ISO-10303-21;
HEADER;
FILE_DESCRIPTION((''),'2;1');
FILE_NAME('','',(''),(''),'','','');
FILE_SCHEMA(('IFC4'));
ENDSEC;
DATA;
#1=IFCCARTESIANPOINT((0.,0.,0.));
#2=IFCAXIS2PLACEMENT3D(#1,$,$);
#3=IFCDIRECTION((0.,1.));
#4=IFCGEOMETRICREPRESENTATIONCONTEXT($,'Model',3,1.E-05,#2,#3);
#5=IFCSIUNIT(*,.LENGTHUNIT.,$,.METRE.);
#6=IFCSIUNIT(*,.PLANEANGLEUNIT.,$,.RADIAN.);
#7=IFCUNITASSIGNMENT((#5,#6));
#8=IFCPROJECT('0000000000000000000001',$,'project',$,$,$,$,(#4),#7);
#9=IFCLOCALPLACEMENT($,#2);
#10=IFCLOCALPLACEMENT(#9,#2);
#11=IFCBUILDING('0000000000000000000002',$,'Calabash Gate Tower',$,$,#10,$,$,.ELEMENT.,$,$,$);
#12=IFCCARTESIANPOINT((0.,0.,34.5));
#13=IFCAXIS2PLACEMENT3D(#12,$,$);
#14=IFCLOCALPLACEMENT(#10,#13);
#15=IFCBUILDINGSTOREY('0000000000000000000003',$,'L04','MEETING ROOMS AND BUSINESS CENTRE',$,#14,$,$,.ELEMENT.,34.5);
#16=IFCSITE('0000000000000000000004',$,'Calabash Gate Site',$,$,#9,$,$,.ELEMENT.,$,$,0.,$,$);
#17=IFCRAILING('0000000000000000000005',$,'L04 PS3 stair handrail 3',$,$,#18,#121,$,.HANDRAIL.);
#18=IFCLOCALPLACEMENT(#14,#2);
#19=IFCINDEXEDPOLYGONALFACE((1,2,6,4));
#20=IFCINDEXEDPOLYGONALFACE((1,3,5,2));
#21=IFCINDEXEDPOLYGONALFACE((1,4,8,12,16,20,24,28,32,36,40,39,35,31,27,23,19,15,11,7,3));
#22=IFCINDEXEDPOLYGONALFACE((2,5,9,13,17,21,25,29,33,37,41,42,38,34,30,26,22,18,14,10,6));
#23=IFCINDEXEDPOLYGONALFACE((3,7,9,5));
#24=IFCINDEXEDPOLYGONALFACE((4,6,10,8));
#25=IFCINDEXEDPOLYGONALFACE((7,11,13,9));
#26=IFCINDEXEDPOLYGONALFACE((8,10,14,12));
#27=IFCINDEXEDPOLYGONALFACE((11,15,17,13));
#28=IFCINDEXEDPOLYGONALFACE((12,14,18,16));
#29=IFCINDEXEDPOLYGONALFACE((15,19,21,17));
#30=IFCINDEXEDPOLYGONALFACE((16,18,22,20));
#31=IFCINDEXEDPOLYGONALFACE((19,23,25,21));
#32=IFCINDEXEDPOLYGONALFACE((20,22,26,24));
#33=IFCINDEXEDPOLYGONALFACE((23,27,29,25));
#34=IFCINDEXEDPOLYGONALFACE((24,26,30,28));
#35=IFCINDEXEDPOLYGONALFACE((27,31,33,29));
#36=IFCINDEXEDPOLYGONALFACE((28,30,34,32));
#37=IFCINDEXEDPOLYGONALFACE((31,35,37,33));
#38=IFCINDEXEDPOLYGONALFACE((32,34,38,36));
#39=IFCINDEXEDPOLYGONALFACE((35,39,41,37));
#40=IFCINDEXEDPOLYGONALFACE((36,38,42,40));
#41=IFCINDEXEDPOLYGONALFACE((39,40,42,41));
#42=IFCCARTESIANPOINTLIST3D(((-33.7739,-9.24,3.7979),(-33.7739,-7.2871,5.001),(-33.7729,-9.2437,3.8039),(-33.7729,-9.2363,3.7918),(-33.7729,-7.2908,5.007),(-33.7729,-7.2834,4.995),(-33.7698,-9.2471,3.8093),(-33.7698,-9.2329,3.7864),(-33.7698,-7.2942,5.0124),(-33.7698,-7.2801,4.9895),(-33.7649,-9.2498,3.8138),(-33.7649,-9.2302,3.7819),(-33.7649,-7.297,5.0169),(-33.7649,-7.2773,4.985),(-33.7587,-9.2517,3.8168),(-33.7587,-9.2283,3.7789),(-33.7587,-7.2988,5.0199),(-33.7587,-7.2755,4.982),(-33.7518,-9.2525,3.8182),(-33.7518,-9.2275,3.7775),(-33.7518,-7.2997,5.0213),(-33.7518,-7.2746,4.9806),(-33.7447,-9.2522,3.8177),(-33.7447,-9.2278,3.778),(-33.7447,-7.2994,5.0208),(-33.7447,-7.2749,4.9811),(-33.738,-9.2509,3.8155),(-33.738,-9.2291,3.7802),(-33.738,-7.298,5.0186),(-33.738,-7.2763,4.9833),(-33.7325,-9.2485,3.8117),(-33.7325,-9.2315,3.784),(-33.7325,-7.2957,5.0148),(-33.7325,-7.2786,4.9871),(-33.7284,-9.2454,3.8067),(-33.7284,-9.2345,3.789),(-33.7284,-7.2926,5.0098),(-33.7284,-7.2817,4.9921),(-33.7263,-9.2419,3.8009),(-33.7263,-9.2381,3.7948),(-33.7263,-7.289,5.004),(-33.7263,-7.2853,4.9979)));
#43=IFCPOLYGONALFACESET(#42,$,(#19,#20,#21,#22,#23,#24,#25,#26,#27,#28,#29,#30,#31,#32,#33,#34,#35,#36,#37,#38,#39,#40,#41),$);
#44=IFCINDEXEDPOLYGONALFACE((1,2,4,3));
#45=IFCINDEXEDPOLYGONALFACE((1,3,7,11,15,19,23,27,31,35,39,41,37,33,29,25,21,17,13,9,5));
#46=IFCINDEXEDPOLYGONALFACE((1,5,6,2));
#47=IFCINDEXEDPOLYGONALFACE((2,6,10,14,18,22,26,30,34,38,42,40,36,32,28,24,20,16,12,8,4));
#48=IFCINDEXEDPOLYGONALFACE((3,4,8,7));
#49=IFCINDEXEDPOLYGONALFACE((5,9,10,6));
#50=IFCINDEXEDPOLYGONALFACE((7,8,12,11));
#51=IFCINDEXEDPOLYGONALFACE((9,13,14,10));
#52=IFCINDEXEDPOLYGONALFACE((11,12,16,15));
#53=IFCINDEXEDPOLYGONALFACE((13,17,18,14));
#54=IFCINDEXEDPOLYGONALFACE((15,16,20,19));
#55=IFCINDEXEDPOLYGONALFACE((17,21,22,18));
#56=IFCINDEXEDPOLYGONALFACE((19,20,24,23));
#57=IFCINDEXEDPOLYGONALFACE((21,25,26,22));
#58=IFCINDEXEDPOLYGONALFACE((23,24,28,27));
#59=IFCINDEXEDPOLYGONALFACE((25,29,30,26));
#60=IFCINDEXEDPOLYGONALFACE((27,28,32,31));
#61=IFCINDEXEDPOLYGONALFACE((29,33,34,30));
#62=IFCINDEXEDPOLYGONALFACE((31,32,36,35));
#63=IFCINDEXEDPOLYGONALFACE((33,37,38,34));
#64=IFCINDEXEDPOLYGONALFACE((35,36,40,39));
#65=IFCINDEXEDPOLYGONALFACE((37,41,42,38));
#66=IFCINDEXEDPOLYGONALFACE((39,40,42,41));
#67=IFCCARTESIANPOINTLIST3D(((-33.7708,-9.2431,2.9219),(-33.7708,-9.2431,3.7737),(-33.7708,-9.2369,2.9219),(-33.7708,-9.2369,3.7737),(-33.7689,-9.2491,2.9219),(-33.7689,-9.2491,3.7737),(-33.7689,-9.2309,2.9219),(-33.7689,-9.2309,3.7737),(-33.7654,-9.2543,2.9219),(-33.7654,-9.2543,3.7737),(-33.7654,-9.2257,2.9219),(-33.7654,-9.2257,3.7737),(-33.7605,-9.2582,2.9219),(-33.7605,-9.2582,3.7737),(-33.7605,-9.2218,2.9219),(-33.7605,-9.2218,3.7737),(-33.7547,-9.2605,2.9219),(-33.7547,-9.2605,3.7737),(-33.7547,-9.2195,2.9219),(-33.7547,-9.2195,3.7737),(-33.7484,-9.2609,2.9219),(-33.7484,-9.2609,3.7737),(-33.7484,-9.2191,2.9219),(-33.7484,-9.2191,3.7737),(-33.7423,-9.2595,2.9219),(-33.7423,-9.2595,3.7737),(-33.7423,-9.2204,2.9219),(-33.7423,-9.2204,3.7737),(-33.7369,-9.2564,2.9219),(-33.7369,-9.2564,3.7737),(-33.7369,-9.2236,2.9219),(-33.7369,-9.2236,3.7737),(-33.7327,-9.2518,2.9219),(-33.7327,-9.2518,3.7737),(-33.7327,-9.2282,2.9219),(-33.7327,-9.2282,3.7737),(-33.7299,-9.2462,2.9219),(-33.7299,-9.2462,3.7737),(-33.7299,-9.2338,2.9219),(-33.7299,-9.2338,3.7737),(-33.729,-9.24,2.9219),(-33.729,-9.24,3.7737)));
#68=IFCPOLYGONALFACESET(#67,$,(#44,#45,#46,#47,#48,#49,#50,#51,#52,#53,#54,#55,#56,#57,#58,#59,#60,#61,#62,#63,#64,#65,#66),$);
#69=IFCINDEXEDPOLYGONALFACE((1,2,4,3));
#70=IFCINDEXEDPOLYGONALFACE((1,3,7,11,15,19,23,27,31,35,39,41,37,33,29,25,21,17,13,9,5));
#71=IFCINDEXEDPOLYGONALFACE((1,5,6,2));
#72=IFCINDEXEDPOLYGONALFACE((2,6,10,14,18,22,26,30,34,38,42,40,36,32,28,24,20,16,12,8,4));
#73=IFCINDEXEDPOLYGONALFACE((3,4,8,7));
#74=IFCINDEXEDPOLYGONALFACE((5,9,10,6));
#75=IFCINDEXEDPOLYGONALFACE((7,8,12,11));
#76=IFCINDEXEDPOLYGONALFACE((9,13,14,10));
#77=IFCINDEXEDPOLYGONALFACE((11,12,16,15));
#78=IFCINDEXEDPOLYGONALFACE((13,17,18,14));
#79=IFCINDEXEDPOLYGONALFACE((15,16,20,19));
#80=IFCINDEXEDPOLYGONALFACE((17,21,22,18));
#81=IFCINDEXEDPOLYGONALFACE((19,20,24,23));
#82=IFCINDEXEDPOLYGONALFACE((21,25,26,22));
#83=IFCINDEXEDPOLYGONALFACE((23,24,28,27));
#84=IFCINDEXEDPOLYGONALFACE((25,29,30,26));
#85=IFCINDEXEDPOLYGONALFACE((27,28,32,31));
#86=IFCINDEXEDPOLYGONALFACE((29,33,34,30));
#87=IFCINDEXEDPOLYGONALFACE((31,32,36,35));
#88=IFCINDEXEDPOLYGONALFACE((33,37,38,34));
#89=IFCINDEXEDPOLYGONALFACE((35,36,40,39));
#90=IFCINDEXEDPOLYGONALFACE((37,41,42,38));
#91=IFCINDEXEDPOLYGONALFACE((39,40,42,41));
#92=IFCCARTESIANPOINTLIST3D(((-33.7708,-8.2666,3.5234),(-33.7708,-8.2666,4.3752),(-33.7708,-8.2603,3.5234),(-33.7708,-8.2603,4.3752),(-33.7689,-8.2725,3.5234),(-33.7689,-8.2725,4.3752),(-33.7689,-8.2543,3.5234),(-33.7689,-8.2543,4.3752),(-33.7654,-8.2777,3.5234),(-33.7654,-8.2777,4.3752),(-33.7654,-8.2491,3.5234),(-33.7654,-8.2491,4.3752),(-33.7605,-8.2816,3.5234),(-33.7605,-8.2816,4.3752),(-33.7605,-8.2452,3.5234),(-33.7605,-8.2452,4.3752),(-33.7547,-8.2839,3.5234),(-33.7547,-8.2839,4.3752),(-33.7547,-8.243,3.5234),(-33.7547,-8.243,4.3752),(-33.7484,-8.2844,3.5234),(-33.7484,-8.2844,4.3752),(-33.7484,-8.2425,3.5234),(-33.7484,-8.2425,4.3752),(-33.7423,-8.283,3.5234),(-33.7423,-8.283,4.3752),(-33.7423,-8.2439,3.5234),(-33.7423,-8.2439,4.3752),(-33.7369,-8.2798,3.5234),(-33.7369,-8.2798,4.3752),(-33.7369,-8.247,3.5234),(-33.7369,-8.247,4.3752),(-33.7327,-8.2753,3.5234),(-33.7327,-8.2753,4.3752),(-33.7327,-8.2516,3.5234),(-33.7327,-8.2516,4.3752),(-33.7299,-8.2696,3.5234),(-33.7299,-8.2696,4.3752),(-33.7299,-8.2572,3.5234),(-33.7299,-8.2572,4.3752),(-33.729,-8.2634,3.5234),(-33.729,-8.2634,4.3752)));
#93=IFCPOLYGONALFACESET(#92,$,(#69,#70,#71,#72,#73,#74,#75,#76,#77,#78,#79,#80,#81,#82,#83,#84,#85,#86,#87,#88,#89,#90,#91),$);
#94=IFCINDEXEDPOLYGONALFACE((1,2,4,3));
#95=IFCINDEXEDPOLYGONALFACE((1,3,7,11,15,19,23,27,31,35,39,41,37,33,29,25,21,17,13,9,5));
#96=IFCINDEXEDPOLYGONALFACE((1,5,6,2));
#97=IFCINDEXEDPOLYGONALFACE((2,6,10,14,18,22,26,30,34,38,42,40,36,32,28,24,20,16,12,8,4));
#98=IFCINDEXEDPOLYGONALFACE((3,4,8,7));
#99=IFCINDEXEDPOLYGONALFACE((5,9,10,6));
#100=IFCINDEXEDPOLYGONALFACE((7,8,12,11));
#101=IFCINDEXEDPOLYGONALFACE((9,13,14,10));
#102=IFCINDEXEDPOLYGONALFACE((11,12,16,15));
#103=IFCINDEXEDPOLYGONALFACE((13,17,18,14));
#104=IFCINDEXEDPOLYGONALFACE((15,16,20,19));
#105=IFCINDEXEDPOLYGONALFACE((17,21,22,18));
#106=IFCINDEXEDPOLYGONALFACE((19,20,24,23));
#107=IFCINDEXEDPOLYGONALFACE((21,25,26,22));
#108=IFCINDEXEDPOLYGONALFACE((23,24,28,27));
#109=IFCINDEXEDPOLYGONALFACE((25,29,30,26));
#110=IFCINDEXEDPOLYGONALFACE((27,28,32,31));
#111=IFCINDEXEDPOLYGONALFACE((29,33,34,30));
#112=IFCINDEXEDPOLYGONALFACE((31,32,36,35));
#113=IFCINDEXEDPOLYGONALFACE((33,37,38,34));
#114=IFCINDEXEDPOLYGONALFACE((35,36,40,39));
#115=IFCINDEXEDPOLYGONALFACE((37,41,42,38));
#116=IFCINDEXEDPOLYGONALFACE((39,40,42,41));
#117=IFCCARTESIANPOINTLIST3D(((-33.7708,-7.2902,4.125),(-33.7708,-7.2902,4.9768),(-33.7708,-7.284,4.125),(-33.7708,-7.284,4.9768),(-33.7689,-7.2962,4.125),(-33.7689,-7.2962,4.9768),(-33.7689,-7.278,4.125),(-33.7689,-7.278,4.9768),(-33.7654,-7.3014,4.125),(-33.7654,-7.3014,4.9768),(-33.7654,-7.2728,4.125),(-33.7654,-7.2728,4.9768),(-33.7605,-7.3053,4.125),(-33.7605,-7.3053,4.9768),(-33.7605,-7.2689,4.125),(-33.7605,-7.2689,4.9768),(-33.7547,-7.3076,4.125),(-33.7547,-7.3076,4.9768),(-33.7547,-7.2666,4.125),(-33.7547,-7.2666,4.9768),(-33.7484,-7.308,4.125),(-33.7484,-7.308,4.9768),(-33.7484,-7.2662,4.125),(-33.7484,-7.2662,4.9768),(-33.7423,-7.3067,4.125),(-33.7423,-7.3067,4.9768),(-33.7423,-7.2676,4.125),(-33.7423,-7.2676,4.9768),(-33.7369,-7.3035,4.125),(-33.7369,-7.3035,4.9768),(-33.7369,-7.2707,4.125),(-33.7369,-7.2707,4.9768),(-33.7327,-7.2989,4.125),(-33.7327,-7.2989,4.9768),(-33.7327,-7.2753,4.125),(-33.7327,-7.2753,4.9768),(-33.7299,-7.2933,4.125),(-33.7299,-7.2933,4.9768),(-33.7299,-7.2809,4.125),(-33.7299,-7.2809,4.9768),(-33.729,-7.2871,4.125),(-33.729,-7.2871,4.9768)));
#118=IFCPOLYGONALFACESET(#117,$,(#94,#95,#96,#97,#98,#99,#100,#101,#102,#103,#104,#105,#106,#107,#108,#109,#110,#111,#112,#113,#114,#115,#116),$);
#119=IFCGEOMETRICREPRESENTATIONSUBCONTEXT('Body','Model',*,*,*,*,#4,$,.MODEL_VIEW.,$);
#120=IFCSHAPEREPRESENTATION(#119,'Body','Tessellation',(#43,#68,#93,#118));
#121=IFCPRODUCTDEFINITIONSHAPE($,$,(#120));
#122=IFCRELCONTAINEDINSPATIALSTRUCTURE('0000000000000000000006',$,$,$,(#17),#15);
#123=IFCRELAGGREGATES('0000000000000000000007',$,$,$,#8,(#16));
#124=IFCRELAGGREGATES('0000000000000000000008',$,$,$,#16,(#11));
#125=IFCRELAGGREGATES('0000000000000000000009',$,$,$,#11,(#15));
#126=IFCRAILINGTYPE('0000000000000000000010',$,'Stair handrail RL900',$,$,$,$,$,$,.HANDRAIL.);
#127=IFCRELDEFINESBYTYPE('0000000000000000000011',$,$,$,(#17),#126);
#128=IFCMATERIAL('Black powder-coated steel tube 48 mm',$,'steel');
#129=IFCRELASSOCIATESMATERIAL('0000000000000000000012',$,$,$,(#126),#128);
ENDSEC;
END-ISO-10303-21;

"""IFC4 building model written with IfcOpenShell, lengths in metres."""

from ifc_helpers import new_model, si_unit, direction, frame, origin, origin_2d, place, context, subcontext, project, spatial, circle, extrude, material, type_object, element, save


model = new_model("IFC4")

# Units and contexts
model_context = context("Model", 3, precision=1e-05, world=origin(), true_north=direction((0.0, 1.0)))
body_context = subcontext(model_context, "Body", "Model", "MODEL_VIEW")
ifc_project = project(units=[si_unit("LENGTHUNIT", "METRE"), si_unit("PLANEANGLEUNIT", "RADIAN")], contexts=[model_context])

# Site, building, storey
site_placement = place(None, origin())
site = spatial("IfcSite", under=ifc_project, at=site_placement, Name="Calabash Gate Site", CompositionType="ELEMENT", RefElevation=0.0)
building_placement = place(site_placement, origin())
building = spatial("IfcBuilding", under=site, at=building_placement, Name="Calabash Gate Tower", CompositionType="ELEMENT")
storey_placement = place(building_placement, frame((0.0, 0.0, 34.5)))
storey = spatial("IfcBuildingStorey", under=building, at=storey_placement, Name="L04", Description="MEETING ROOMS AND BUSINESS CENTRE", CompositionType="ELEMENT", Elevation=34.5)

# Railing
ifc_material_1 = material(Name="Black powder-coated steel tube 48 mm", Category="steel")
railing_type = type_object("IfcRailingType", Name="Stair handrail RL900", PredefinedType="HANDRAIL", material=ifc_material_1)
for number, where, name in (
    (1, (-33.75, -9.24, 2.9219), "L04 PS3 stair handrail 3"),
):
    element("IfcRailing", number, at=place(storey_placement, frame(where)), inside=storey, type_object=railing_type, Name=name, PredefinedType="HANDRAIL", context=body_context, shape_type="SweptSolid", body=[
        extrude(circle(Radius=0.0239, at=origin_2d()), frame((0.0, 0.0, 0.876), z_axis=(0.0, 0.851395, 0.524525), x_axis=(-1.0, 0.0, 0.0)), (0.0, 0.0, 1.0), 2.2937),
        extrude(circle(Radius=0.021, at=origin_2d()), origin(), (0.0, 0.0, 1.0), 0.8518),
        extrude(circle(Radius=0.021, at=origin_2d()), frame((0.0, 0.9766, 0.6016)), (0.0, 0.0, 1.0), 0.8518),
        extrude(circle(Radius=0.021, at=origin_2d()), frame((0.0, 1.9529, 1.2031)), (0.0, 0.0, 1.0), 0.8518),
    ])

save(model, "model.ifc")
